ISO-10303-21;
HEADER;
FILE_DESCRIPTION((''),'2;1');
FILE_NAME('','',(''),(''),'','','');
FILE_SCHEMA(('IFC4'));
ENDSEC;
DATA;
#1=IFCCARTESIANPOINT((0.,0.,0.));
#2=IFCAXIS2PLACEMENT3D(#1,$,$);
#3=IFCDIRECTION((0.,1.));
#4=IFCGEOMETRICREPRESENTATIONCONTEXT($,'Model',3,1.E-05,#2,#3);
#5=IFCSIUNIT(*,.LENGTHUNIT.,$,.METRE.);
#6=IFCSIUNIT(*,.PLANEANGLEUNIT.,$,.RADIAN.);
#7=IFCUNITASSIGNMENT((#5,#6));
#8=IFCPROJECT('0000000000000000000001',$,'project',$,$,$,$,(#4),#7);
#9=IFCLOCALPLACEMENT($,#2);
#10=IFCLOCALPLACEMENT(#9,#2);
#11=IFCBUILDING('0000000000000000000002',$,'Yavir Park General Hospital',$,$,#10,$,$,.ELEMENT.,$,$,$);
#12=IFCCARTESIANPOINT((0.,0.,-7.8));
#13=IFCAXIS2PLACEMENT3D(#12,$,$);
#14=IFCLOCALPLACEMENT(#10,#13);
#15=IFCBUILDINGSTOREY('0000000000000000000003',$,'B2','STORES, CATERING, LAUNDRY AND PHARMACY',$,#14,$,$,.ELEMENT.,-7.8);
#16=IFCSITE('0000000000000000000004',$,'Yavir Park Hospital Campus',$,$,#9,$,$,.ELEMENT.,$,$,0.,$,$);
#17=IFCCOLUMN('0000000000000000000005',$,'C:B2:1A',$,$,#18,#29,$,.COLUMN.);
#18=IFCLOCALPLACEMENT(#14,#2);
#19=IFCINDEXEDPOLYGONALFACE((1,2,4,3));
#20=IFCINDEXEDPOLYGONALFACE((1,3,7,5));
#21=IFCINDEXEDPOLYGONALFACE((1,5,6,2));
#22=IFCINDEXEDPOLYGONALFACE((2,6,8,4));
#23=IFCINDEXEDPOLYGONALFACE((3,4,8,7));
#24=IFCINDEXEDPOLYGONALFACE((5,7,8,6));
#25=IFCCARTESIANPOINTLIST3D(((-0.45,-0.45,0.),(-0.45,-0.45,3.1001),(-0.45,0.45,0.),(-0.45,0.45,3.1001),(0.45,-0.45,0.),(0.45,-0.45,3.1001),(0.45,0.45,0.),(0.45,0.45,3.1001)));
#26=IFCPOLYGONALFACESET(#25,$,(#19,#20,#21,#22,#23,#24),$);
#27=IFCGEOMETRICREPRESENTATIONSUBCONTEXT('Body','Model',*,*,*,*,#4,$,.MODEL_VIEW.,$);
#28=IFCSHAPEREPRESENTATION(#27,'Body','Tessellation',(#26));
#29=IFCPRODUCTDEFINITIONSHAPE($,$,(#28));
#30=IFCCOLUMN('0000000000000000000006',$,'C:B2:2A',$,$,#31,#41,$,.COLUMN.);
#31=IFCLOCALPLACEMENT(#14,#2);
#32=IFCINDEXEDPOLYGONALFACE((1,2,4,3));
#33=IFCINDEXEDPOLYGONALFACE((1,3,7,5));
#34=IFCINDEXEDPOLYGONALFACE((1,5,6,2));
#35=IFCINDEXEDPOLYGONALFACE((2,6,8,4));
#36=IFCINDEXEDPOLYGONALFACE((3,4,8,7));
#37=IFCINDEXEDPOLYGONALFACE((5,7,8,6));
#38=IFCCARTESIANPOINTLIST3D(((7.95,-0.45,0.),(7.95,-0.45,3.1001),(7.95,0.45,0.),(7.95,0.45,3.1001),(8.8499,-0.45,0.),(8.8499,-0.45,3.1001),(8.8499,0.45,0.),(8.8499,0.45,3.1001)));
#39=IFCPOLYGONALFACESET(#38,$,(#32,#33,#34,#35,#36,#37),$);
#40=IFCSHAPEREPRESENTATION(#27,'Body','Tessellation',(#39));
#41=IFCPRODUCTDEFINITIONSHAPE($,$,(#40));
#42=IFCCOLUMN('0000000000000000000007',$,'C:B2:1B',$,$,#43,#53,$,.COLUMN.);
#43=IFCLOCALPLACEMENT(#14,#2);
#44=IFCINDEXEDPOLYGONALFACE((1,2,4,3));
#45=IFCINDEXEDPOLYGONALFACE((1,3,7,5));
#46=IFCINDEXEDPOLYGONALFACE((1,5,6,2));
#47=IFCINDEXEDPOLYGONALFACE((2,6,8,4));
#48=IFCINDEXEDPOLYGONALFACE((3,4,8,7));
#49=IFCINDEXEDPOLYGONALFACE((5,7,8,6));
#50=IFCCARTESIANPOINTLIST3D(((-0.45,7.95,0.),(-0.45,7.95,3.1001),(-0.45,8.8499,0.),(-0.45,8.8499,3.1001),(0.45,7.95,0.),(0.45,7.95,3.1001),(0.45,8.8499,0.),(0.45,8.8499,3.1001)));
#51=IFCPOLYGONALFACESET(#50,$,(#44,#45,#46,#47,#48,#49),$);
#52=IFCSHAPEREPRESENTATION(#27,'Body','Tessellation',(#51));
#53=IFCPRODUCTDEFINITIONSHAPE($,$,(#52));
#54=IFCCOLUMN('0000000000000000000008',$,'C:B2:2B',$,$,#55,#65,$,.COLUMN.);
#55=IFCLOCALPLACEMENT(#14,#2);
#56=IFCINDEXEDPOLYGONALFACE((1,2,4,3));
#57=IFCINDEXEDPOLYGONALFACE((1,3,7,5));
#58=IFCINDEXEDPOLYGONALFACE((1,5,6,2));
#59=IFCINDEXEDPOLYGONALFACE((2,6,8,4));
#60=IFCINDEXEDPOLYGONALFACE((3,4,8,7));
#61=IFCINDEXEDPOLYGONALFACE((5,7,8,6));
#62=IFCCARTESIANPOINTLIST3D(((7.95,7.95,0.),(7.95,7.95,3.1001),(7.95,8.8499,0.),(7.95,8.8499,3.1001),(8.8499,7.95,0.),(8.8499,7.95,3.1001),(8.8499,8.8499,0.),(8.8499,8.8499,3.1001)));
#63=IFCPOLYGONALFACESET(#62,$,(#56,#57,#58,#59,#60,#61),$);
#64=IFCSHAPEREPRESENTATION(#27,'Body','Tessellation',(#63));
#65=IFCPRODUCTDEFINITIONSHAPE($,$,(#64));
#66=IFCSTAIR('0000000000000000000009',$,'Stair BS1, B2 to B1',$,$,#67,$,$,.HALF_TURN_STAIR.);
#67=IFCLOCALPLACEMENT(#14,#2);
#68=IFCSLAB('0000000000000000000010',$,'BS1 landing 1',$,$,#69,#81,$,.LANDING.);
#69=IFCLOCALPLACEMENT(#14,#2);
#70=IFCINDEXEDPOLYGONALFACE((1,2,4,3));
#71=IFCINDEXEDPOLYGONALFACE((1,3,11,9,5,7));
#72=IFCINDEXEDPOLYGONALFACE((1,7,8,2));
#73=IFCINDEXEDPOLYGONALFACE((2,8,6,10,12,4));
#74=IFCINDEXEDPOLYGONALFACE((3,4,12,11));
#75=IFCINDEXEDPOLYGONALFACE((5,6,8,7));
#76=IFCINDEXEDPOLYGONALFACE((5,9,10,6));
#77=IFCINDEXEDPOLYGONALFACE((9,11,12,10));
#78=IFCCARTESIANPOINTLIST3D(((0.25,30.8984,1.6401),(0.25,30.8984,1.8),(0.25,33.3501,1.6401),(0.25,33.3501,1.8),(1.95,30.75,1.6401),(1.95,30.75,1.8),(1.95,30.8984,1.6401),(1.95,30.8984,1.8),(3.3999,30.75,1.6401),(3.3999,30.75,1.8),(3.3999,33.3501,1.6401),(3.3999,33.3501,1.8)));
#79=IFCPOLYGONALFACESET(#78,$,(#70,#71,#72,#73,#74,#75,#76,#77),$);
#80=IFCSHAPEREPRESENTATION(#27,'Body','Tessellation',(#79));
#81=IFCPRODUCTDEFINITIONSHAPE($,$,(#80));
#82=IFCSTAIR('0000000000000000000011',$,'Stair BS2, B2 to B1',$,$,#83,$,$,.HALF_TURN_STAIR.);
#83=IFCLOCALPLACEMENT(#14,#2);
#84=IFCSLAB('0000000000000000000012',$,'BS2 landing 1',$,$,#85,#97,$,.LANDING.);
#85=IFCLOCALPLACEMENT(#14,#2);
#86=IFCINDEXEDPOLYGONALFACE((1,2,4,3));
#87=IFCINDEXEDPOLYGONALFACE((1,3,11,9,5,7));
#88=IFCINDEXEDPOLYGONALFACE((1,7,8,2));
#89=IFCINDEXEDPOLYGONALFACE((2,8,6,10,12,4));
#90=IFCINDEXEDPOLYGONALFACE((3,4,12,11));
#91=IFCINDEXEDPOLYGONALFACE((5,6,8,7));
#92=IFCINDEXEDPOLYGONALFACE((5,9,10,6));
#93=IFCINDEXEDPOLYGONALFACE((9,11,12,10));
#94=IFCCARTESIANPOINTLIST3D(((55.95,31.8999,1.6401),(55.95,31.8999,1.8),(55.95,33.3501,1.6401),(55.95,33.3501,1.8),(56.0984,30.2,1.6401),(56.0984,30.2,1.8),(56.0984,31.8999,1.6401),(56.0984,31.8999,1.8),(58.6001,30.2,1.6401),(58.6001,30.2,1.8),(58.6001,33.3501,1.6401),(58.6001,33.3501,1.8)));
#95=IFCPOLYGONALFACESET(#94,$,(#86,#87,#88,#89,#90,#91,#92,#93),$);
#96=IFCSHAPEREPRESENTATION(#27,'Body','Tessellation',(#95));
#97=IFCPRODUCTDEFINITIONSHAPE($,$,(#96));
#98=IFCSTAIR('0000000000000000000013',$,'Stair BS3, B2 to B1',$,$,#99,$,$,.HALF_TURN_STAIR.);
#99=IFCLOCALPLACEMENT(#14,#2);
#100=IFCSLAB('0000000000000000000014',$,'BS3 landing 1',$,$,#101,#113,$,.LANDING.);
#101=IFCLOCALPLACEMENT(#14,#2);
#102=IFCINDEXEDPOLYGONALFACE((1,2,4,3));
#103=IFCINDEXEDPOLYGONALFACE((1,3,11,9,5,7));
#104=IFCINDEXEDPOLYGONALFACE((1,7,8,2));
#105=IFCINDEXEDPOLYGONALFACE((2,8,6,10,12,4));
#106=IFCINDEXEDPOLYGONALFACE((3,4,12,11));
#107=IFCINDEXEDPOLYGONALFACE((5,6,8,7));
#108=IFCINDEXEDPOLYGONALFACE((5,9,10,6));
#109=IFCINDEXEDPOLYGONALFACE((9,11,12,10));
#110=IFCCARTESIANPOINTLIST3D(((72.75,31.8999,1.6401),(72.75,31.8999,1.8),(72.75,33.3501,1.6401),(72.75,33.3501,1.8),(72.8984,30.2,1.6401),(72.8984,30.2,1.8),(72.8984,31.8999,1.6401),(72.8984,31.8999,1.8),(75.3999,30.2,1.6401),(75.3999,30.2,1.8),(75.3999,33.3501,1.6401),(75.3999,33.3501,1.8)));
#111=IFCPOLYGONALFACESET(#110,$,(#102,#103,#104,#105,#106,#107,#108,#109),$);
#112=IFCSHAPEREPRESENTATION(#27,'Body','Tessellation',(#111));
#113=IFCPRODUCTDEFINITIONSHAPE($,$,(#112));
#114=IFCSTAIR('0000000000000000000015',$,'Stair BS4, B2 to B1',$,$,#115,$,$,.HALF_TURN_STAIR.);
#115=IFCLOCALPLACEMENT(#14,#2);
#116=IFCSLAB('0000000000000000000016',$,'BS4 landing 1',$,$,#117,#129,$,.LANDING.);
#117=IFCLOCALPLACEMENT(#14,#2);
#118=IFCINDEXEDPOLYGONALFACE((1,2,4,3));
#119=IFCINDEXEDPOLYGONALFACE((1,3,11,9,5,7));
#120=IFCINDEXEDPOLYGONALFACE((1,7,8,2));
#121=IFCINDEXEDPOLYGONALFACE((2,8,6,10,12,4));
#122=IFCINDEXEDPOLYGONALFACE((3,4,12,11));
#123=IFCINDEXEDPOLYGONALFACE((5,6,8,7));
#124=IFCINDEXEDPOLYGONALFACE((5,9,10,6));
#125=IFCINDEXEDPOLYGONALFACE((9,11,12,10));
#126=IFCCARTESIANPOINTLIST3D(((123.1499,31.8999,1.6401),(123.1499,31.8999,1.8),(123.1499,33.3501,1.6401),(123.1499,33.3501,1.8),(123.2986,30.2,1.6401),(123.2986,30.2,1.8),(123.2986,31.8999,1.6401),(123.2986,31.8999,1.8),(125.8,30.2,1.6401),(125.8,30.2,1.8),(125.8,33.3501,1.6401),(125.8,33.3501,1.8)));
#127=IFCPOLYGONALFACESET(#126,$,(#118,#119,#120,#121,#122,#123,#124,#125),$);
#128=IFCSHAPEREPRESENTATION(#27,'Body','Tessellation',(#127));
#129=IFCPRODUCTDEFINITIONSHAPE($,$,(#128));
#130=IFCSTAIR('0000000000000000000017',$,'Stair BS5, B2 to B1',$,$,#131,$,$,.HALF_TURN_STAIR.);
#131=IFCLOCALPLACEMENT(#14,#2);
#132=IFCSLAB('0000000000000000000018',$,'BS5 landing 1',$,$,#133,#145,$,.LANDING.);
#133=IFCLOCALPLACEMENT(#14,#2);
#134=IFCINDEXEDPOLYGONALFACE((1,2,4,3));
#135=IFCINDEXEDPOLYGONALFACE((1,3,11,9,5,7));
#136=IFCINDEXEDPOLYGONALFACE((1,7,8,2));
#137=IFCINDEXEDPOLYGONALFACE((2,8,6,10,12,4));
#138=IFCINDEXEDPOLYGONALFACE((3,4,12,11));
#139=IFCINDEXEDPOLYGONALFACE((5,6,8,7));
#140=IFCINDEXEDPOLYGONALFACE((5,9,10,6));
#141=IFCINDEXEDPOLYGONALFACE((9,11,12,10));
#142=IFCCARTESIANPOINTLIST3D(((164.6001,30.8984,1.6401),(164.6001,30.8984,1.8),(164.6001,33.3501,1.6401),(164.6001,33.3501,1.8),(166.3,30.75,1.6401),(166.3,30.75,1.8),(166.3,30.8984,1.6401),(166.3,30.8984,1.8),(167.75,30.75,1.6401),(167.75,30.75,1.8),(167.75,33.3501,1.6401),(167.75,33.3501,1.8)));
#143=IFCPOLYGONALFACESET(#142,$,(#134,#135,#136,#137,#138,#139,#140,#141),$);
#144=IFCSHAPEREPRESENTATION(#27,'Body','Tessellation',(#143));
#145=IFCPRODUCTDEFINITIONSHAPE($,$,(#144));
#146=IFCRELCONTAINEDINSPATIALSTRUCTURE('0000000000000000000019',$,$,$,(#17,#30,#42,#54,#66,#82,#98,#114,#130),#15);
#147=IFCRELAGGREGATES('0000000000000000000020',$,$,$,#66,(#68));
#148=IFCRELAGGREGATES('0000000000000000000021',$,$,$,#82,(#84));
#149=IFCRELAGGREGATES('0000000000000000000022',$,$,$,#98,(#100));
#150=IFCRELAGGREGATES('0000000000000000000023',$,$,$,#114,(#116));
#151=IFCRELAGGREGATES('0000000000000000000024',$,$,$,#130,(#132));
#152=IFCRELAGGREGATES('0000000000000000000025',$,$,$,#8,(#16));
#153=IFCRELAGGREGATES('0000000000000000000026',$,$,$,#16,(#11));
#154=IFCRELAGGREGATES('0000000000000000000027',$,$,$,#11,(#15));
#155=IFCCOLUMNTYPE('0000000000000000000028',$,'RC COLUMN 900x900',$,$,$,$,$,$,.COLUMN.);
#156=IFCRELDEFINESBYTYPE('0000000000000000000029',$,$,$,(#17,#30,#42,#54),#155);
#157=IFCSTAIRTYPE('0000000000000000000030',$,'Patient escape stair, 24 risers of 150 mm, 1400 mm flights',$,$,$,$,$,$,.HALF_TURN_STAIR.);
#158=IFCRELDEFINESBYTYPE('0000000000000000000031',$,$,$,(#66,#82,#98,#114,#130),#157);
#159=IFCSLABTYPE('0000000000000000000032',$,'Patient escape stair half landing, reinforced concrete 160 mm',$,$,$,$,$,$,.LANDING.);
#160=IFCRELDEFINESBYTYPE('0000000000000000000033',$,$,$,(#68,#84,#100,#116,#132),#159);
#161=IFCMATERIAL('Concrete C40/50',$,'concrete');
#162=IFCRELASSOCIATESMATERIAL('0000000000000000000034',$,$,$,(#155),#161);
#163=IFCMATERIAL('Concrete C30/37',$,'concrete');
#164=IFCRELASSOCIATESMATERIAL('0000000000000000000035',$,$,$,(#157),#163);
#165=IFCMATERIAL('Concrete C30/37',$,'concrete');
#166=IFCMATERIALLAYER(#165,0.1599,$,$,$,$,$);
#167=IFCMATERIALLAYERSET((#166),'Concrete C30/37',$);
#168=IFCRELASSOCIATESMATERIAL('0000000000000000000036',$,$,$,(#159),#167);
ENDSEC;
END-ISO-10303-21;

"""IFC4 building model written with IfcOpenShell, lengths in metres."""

from ifc_helpers import new_model, si_unit, direction, frame, origin, origin_2d, place, context, subcontext, project, spatial, polyline, rectangle, outline, extrude, material, layer, layer_set, material_profile, profile_set, type_object, element, aggregate, save


model = new_model("IFC4")

# Units and contexts
model_context = context("Model", 3, precision=1e-05, world=origin(), true_north=direction((0.0, 1.0)))
body_context = subcontext(model_context, "Body", "Model", "MODEL_VIEW")
ifc_project = project(units=[si_unit("LENGTHUNIT", "METRE"), si_unit("PLANEANGLEUNIT", "RADIAN")], contexts=[model_context])

# Site, building, storey
site_placement = place(None, origin())
site = spatial("IfcSite", under=ifc_project, at=site_placement, Name="Yavir Park Hospital Campus", CompositionType="ELEMENT", RefElevation=0.0)
building_placement = place(site_placement, origin())
building = spatial("IfcBuilding", under=site, at=building_placement, Name="Yavir Park General Hospital", CompositionType="ELEMENT")
storey_placement = place(building_placement, frame((0.0, 0.0, -7.8)))
storey = spatial("IfcBuildingStorey", under=building, at=storey_placement, Name="B2", Description="STORES, CATERING, LAUNDRY AND PHARMACY", CompositionType="ELEMENT", Elevation=-7.8)

# Columns
ifc_material_1 = material(Name="Concrete C40/50", Category="concrete")
ifc_material_profile = material_profile(ifc_material_1, rectangle(XDim=0.8999, YDim=0.8999, at=origin_2d()), Name="RC900x900")
ifc_profile_set = profile_set([ifc_material_profile], Name="Concrete C40/50")
column_type = type_object("IfcColumnType", Name="RC COLUMN 900x900", PredefinedType="COLUMN", material=ifc_profile_set)
for number, where, z_axis, x_axis, name in (
    (1, (0.0, 0.0, 0.0), (0.0, 0.0, 1.0), (1.0, 0.0, 0.0), "C:B2:1A"),
    (2, (8.3999, 0.0, 0.0), (0.0, 0.0, 1.0), (1.0, 0.0, 0.0), "C:B2:2A"),
    (3, (0.0, 8.3999, 0.0), (0.0, 0.0, 1.0), (1.0, 0.0, 0.0), "C:B2:1B"),
    (4, (8.3999, 8.3999, 0.0), (0.0, 0.0, 1.0), (1.0, 0.0, 0.0), "C:B2:2B"),
):
    element("IfcColumn", number, at=place(storey_placement, frame(where, z_axis=z_axis, x_axis=x_axis)), inside=storey, type_object=column_type, Name=name, PredefinedType="COLUMN", context=body_context, shape_type="SweptSolid", body=[
        extrude(rectangle(XDim=0.8999, YDim=0.8999, at=origin_2d()), origin(), (0.0, 0.0, 1.0), 3.1001),
    ])

# Stairs, slabs
ifc_material_2 = material(Name="Concrete C30/37", Category="concrete")
stair_type = type_object("IfcStairType", Name="Patient escape stair, 24 risers of 150 mm, 1400 mm flights", PredefinedType="HALF_TURN_STAIR", material=ifc_material_2)
stair_1_placement = place(storey_placement, origin())
stair_1 = element("IfcStair", 5, at=stair_1_placement, inside=storey, type_object=stair_type, Name="Stair BS1, B2 to B1", PredefinedType="HALF_TURN_STAIR")
ifc_material_3 = material(Name="Concrete C30/37", Category="concrete")
ifc_layer_1 = layer(ifc_material_3, 0.1599)
ifc_layer_set_1 = layer_set([ifc_layer_1], Name="Concrete C30/37")
slab_type_1 = type_object("IfcSlabType", Name="Patient escape stair half landing, reinforced concrete 160 mm", PredefinedType="LANDING", material=ifc_layer_set_1)
slab_1_placement = place(storey_placement, frame((0.0, 0.0, 1.6401)))
slab_1 = element("IfcSlab", 6, at=slab_1_placement, type_object=slab_type_1, Name="BS1 landing 1", PredefinedType="LANDING", context=body_context, shape_type="SweptSolid", body=[
    extrude(outline(polyline([(0.25, 30.8984), (0.25, 33.3501), (3.3999, 33.3501), (3.3999, 30.75), (1.95, 30.75), (1.95, 30.8984), (0.25, 30.8984)])), origin(), (0.0, 0.0, 1.0), 0.1599),
])
aggregate(stair_1, [slab_1])
stair_2_placement = place(storey_placement, origin())
stair_2 = element("IfcStair", 7, at=stair_2_placement, inside=storey, type_object=stair_type, Name="Stair BS2, B2 to B1", PredefinedType="HALF_TURN_STAIR")
slab_2_placement = place(storey_placement, frame((0.0, 0.0, 1.6401)))
slab_2 = element("IfcSlab", 8, at=slab_2_placement, type_object=slab_type_1, Name="BS2 landing 1", PredefinedType="LANDING", context=body_context, shape_type="SweptSolid", body=[
    extrude(outline(polyline([(56.0984, 30.2), (58.6001, 30.2), (58.6001, 33.3501), (55.95, 33.3501), (55.95, 31.8999), (56.0984, 31.8999), (56.0984, 30.2)])), origin(), (0.0, 0.0, 1.0), 0.1599),
])
aggregate(stair_2, [slab_2])
stair_3_placement = place(storey_placement, origin())
stair_3 = element("IfcStair", 9, at=stair_3_placement, inside=storey, type_object=stair_type, Name="Stair BS3, B2 to B1", PredefinedType="HALF_TURN_STAIR")
slab_3_placement = place(storey_placement, frame((0.0, 0.0, 1.6401)))
slab_3 = element("IfcSlab", 10, at=slab_3_placement, type_object=slab_type_1, Name="BS3 landing 1", PredefinedType="LANDING", context=body_context, shape_type="SweptSolid", body=[
    extrude(outline(polyline([(72.8984, 30.2), (75.3999, 30.2), (75.3999, 33.3501), (72.75, 33.3501), (72.75, 31.8999), (72.8984, 31.8999), (72.8984, 30.2)])), origin(), (0.0, 0.0, 1.0), 0.1599),
])
aggregate(stair_3, [slab_3])
stair_4_placement = place(storey_placement, origin())
stair_4 = element("IfcStair", 11, at=stair_4_placement, inside=storey, type_object=stair_type, Name="Stair BS4, B2 to B1", PredefinedType="HALF_TURN_STAIR")
slab_4_placement = place(storey_placement, frame((0.0, 0.0, 1.6401)))
slab_4 = element("IfcSlab", 12, at=slab_4_placement, type_object=slab_type_1, Name="BS4 landing 1", PredefinedType="LANDING", context=body_context, shape_type="SweptSolid", body=[
    extrude(outline(polyline([(123.2986, 30.2), (125.8, 30.2), (125.8, 33.3501), (123.1499, 33.3501), (123.1499, 31.8999), (123.2986, 31.8999), (123.2986, 30.2)])), origin(), (0.0, 0.0, 1.0), 0.1599),
])
aggregate(stair_4, [slab_4])
stair_5_placement = place(storey_placement, origin())
stair_5 = element("IfcStair", 13, at=stair_5_placement, inside=storey, type_object=stair_type, Name="Stair BS5, B2 to B1", PredefinedType="HALF_TURN_STAIR")
slab_5_placement = place(storey_placement, frame((0.0, 0.0, 1.6401)))
slab_5 = element("IfcSlab", 14, at=slab_5_placement, type_object=slab_type_1, Name="BS5 landing 1", PredefinedType="LANDING", context=body_context, shape_type="SweptSolid", body=[
    extrude(outline(polyline([(164.6001, 30.8984), (164.6001, 33.3501), (167.75, 33.3501), (167.75, 30.75), (166.3, 30.75), (166.3, 30.8984), (164.6001, 30.8984)])), origin(), (0.0, 0.0, 1.0), 0.1599),
])
aggregate(stair_5, [slab_5])

save(model, "model.ifc")
